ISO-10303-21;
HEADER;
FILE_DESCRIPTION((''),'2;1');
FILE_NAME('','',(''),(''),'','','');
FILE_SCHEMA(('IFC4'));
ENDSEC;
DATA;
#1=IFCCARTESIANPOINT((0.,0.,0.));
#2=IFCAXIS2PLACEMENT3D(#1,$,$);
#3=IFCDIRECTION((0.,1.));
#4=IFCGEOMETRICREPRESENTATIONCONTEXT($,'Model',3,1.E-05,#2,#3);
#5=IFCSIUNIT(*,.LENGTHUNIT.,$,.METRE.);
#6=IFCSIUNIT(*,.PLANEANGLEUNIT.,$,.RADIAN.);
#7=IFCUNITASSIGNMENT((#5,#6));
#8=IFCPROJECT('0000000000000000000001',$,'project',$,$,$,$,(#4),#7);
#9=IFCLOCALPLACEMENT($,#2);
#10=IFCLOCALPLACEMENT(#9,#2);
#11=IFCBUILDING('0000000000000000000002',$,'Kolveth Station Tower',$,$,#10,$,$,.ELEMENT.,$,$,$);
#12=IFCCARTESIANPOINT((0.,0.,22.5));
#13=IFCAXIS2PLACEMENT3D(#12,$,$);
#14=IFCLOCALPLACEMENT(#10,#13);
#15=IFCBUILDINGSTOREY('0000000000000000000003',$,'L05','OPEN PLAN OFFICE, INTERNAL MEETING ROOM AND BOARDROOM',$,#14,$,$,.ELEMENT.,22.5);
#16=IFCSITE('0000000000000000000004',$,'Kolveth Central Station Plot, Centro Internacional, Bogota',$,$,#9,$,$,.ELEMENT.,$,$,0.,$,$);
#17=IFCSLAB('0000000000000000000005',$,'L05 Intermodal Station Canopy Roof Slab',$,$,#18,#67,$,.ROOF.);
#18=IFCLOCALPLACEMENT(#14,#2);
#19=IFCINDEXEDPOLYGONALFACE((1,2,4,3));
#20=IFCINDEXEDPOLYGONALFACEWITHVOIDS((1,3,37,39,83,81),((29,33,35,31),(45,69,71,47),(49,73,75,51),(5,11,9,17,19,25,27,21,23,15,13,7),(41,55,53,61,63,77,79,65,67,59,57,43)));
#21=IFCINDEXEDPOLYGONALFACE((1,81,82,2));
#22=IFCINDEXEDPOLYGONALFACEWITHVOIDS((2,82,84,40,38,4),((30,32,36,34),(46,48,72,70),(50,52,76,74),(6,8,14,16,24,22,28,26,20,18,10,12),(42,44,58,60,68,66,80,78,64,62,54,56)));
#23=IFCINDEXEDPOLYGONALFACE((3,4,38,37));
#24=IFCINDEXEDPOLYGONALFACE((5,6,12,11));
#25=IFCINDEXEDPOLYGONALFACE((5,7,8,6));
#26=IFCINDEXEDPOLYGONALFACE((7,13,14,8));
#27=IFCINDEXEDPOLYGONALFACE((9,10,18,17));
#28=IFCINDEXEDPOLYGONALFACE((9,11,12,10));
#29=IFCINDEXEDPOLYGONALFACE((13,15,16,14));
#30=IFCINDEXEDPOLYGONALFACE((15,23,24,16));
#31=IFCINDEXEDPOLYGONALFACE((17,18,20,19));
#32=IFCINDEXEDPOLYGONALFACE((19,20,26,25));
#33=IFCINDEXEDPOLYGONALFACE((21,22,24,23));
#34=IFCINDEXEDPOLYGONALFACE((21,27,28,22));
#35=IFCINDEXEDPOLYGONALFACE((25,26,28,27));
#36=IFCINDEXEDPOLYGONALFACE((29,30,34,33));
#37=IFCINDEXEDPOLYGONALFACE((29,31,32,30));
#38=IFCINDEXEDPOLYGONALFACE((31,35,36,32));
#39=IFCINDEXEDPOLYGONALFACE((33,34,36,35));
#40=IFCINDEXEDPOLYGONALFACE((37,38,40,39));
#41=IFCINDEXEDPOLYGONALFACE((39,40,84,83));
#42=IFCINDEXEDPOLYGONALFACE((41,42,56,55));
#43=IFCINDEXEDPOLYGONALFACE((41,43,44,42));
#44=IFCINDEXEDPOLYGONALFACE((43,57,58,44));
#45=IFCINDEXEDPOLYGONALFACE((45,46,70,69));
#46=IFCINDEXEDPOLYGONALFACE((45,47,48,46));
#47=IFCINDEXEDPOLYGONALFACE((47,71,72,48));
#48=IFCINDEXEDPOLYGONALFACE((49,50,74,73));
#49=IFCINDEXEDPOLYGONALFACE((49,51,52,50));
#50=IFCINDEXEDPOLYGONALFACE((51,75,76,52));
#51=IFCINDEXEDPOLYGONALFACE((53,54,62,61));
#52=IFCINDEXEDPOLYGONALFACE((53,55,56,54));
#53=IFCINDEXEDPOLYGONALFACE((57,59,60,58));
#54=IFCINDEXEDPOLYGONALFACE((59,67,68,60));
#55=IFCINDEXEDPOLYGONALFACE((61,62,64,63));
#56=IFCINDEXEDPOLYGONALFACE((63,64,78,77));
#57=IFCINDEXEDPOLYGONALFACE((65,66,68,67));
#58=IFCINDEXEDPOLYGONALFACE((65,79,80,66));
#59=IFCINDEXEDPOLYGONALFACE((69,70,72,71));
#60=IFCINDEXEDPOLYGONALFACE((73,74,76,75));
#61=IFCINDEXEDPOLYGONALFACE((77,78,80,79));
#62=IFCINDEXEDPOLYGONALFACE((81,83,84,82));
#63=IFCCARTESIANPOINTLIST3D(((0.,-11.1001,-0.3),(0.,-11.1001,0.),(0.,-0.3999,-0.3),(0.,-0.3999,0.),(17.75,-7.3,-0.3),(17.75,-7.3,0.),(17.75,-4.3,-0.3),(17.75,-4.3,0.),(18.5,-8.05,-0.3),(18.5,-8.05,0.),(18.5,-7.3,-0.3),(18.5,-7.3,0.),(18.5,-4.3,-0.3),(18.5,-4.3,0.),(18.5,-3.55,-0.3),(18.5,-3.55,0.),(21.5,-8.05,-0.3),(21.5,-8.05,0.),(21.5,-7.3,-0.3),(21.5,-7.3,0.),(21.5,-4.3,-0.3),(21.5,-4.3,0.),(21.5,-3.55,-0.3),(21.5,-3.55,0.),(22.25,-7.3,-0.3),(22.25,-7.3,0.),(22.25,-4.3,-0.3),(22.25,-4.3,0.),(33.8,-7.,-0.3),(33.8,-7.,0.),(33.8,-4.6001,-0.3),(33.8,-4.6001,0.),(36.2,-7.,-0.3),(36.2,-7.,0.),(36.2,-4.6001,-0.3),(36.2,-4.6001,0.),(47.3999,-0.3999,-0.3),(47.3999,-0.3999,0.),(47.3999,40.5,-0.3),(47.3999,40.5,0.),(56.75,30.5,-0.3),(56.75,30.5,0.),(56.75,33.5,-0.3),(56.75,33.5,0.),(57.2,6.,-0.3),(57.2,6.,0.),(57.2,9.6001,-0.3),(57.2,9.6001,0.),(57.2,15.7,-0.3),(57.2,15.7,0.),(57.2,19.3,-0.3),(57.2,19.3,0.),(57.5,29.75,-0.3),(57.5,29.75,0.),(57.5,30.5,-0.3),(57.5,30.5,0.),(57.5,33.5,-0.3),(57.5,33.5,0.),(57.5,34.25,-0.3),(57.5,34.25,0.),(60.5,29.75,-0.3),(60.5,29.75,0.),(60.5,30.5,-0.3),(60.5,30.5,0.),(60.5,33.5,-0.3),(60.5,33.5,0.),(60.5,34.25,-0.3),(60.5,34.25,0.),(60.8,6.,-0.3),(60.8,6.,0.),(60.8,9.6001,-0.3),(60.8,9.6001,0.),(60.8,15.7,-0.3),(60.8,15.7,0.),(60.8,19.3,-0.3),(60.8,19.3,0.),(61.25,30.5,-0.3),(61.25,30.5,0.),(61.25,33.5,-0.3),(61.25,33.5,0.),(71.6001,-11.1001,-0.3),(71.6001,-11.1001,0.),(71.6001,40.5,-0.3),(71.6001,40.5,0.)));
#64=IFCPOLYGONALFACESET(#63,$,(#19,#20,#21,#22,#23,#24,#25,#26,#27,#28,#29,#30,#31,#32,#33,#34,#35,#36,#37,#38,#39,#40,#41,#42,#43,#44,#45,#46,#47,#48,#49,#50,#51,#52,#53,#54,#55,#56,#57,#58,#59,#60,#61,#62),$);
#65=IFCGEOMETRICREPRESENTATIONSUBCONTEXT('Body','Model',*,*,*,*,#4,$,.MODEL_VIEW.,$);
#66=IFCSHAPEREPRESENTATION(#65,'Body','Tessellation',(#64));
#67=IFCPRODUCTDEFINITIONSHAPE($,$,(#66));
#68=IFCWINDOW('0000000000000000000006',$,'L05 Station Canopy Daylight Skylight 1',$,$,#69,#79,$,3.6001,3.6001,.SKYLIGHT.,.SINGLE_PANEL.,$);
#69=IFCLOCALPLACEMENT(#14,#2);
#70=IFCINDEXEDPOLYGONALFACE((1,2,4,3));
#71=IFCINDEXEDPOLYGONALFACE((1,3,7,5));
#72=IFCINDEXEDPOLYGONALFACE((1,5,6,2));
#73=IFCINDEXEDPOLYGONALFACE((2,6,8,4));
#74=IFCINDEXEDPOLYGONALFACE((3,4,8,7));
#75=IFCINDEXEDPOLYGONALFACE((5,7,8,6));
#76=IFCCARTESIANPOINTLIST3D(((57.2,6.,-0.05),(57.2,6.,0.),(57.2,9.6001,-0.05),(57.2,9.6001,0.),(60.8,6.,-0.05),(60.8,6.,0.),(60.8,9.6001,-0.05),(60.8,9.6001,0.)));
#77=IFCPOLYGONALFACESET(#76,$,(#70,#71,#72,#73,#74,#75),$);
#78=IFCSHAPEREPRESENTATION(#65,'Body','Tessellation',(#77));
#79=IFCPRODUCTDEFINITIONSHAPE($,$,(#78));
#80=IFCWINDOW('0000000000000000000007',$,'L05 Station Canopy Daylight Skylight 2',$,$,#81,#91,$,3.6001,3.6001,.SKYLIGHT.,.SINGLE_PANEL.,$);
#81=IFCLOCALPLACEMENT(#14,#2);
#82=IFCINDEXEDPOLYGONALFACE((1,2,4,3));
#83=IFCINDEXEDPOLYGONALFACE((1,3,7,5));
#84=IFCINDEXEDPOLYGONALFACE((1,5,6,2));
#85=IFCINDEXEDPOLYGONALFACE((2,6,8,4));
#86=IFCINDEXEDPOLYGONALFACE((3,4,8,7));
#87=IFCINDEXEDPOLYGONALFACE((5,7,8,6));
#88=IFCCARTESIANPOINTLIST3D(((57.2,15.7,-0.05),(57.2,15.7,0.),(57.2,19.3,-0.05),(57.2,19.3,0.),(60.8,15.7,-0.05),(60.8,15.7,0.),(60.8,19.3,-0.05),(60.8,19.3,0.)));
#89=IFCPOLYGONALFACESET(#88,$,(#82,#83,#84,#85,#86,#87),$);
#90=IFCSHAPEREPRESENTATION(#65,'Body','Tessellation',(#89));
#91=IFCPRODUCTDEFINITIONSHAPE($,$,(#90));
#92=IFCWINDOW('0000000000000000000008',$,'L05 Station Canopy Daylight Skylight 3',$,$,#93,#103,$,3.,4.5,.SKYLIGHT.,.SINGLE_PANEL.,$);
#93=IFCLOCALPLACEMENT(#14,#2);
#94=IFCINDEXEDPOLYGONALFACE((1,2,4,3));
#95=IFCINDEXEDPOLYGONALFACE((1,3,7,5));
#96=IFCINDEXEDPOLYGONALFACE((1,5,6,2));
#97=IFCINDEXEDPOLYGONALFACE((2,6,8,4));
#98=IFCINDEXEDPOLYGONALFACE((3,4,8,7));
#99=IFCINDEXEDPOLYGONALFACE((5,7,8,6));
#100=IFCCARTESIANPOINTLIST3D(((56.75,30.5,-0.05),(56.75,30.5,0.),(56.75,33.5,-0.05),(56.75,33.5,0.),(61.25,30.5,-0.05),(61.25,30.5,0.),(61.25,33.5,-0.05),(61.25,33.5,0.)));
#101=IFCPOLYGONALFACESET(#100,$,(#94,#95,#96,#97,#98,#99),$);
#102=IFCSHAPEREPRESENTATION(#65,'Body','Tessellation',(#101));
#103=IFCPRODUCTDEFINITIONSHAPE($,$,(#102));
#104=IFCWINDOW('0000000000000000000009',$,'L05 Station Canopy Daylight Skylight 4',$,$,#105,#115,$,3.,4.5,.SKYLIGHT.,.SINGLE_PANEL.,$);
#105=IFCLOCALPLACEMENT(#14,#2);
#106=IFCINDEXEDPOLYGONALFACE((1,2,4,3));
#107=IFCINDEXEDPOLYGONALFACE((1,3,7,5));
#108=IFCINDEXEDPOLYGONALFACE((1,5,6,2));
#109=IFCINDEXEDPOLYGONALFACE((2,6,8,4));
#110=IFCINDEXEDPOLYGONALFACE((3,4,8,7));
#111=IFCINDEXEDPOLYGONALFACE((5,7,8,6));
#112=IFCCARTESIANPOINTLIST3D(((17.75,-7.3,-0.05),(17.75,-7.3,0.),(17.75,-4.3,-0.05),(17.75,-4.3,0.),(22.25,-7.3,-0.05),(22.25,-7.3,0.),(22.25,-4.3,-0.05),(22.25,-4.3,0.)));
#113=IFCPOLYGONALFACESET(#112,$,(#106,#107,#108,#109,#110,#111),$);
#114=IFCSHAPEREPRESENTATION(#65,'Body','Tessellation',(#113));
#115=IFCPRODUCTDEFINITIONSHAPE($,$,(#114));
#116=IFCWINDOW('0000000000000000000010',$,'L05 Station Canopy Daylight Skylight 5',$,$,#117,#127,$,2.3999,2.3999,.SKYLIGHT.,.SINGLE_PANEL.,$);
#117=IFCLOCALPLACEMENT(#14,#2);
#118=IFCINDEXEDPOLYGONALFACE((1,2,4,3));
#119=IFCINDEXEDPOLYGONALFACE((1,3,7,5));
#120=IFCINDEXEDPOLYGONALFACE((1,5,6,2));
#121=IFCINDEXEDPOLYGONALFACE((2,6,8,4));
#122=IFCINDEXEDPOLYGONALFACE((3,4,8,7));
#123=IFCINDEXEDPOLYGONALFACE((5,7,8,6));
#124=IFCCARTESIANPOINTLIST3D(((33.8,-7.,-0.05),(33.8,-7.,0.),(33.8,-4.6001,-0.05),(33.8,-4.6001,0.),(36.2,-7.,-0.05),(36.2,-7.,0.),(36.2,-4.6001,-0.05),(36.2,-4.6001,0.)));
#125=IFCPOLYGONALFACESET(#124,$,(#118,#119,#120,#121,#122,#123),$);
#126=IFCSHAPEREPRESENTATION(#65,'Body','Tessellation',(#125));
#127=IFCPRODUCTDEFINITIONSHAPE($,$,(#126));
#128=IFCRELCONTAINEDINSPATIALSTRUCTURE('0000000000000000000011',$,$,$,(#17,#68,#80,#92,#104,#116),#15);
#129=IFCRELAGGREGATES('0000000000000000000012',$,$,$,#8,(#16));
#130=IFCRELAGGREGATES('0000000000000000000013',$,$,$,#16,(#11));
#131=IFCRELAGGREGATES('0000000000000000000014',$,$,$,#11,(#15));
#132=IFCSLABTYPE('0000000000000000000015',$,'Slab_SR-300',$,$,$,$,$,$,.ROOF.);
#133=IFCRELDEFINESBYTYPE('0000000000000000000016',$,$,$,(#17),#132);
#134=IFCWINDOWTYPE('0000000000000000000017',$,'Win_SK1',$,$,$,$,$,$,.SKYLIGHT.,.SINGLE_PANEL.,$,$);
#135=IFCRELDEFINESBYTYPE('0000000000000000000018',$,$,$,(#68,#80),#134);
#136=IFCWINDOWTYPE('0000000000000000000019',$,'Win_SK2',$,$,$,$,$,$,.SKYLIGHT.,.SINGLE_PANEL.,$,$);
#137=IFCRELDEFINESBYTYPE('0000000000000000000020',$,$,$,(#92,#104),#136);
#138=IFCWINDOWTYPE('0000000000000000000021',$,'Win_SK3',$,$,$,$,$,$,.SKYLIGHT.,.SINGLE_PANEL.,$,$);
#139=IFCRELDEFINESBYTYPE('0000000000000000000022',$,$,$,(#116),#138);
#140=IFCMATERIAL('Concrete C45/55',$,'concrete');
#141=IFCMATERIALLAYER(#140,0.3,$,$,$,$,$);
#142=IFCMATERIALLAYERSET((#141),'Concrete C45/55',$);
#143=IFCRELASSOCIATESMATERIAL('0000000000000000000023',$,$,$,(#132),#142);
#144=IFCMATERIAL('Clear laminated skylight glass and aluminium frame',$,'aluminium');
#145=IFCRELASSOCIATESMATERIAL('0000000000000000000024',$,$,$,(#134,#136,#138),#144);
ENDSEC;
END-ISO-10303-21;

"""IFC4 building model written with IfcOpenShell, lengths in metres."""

from ifc_helpers import new_model, si_unit, direction, frame, origin, origin_2d, place, context, subcontext, project, spatial, polyline, rectangle, outline, extrude, material, layer, layer_set, type_object, element, fill, save


model = new_model("IFC4")

# Units and contexts
model_context = context("Model", 3, precision=1e-05, world=origin(), true_north=direction((0.0, 1.0)))
body_context = subcontext(model_context, "Body", "Model", "MODEL_VIEW")
ifc_project = project(units=[si_unit("LENGTHUNIT", "METRE"), si_unit("PLANEANGLEUNIT", "RADIAN")], contexts=[model_context])

# Site, building, storey
site_placement = place(None, origin())
site = spatial("IfcSite", under=ifc_project, at=site_placement, Name="Kolveth Central Station Plot, Centro Internacional, Bogota", CompositionType="ELEMENT", RefElevation=0.0)
building_placement = place(site_placement, origin())
building = spatial("IfcBuilding", under=site, at=building_placement, Name="Kolveth Station Tower", CompositionType="ELEMENT")
storey_placement = place(building_placement, frame((0.0, 0.0, 22.5)))
storey = spatial("IfcBuildingStorey", under=building, at=storey_placement, Name="L05", Description="OPEN PLAN OFFICE, INTERNAL MEETING ROOM AND BOARDROOM", CompositionType="ELEMENT", Elevation=22.5)

# Slab, openings, windows
ifc_material_1 = material(Name="Concrete C45/55", Category="concrete")
ifc_layer_1 = layer(ifc_material_1, 0.3)
ifc_layer_set_1 = layer_set([ifc_layer_1], Name="Concrete C45/55")
slab_type_1 = type_object("IfcSlabType", Name="Slab_SR-300", PredefinedType="ROOF", material=ifc_layer_set_1)
slab_1_placement = place(storey_placement, frame((0.0, 0.0, -0.3)))
slab_1 = element("IfcSlab", 1, at=slab_1_placement, inside=storey, type_object=slab_type_1, Name="L05 Intermodal Station Canopy Roof Slab", PredefinedType="ROOF", context=body_context, shape_type="SweptSolid", body=[
    extrude(outline(polyline([(0.0, -11.1001), (71.6001, -11.1001), (71.6001, 40.5), (47.3999, 40.5), (47.3999, -0.3999), (0.0, -0.3999), (0.0, -11.1001)]), holes=[polyline([(57.2, 6.0), (60.8, 6.0), (60.8, 9.6001), (57.2, 9.6001), (57.2, 6.0)]), polyline([(57.2, 15.7), (60.8, 15.7), (60.8, 19.3), (57.2, 19.3), (57.2, 15.7)]), polyline([(57.5, 29.75), (60.5, 29.75), (60.5, 34.25), (57.5, 34.25), (57.5, 29.75)]), polyline([(18.5, -8.05), (21.5, -8.05), (21.5, -3.55), (18.5, -3.55), (18.5, -8.05)]), polyline([(33.8, -7.0), (36.2, -7.0), (36.2, -4.6001), (33.8, -4.6001), (33.8, -7.0)])]), origin(), (0.0, 0.0, 1.0), 0.3),
])
opening_1_placement = place(slab_1_placement, frame((59.0, 7.8, -0.01)))
opening_1 = element("IfcOpeningElement", 2, at=opening_1_placement, cuts=slab_1, PredefinedType="OPENING", context=body_context, shape_type="SweptSolid", body=[
    extrude(rectangle(XDim=3.6001, YDim=3.6001, at=origin_2d()), origin(), (0.0, 0.0, 1.0), 0.3201),
])
opening_2_placement = place(slab_1_placement, frame((59.0, 17.5, -0.01)))
opening_2 = element("IfcOpeningElement", 3, at=opening_2_placement, cuts=slab_1, PredefinedType="OPENING", context=body_context, shape_type="SweptSolid", body=[
    extrude(rectangle(XDim=3.6001, YDim=3.6001, at=origin_2d()), origin(), (0.0, 0.0, 1.0), 0.3201),
])
opening_3_placement = place(slab_1_placement, frame((59.0, 32.0, -0.01)))
opening_3 = element("IfcOpeningElement", 4, at=opening_3_placement, cuts=slab_1, PredefinedType="OPENING", context=body_context, shape_type="SweptSolid", body=[
    extrude(rectangle(XDim=4.5, YDim=3.0, at=origin_2d()), origin(), (0.0, 0.0, 1.0), 0.3201),
])
opening_4_placement = place(slab_1_placement, frame((20.0, -5.8, -0.01)))
opening_4 = element("IfcOpeningElement", 5, at=opening_4_placement, cuts=slab_1, PredefinedType="OPENING", context=body_context, shape_type="SweptSolid", body=[
    extrude(rectangle(XDim=4.5, YDim=3.0, at=origin_2d()), origin(), (0.0, 0.0, 1.0), 0.3201),
])
opening_5_placement = place(slab_1_placement, frame((35.0, -5.8, -0.01)))
opening_5 = element("IfcOpeningElement", 6, at=opening_5_placement, cuts=slab_1, PredefinedType="OPENING", context=body_context, shape_type="SweptSolid", body=[
    extrude(rectangle(XDim=2.3999, YDim=2.3999, at=origin_2d()), origin(), (0.0, 0.0, 1.0), 0.3201),
])
ifc_material_2 = material(Name="Clear laminated skylight glass and aluminium frame", Category="aluminium")
window_type_1 = type_object("IfcWindowType", Name="Win_SK1", PartitioningType="SINGLE_PANEL", PredefinedType="SKYLIGHT", material=ifc_material_2)
window_1_placement = place(opening_1_placement, frame((0.0, 0.0, 0.26)))
window_1 = element("IfcWindow", 7, at=window_1_placement, inside=storey, type_object=window_type_1, Name="L05 Station Canopy Daylight Skylight 1", OverallHeight=3.6001, OverallWidth=3.6001, PartitioningType="SINGLE_PANEL", PredefinedType="SKYLIGHT", context=body_context, shape_type="SweptSolid", body=[
    extrude(rectangle(XDim=3.6001, YDim=3.6001, at=origin_2d()), origin(), (0.0, 0.0, 1.0), 0.05),
])
fill(opening_1, window_1)
window_2_placement = place(opening_2_placement, frame((0.0, 0.0, 0.26)))
window_2 = element("IfcWindow", 8, at=window_2_placement, inside=storey, type_object=window_type_1, Name="L05 Station Canopy Daylight Skylight 2", OverallHeight=3.6001, OverallWidth=3.6001, PartitioningType="SINGLE_PANEL", PredefinedType="SKYLIGHT", context=body_context, shape_type="SweptSolid", body=[
    extrude(rectangle(XDim=3.6001, YDim=3.6001, at=origin_2d()), origin(), (0.0, 0.0, 1.0), 0.05),
])
fill(opening_2, window_2)
window_type_2 = type_object("IfcWindowType", Name="Win_SK2", PartitioningType="SINGLE_PANEL", PredefinedType="SKYLIGHT", material=ifc_material_2)
window_3_placement = place(opening_3_placement, frame((0.0, 0.0, 0.26)))
window_3 = element("IfcWindow", 9, at=window_3_placement, inside=storey, type_object=window_type_2, Name="L05 Station Canopy Daylight Skylight 3", OverallHeight=3.0, OverallWidth=4.5, PartitioningType="SINGLE_PANEL", PredefinedType="SKYLIGHT", context=body_context, shape_type="SweptSolid", body=[
    extrude(rectangle(XDim=4.5, YDim=3.0, at=origin_2d()), origin(), (0.0, 0.0, 1.0), 0.05),
])
fill(opening_3, window_3)
window_4_placement = place(opening_4_placement, frame((0.0, 0.0, 0.26)))
window_4 = element("IfcWindow", 10, at=window_4_placement, inside=storey, type_object=window_type_2, Name="L05 Station Canopy Daylight Skylight 4", OverallHeight=3.0, OverallWidth=4.5, PartitioningType="SINGLE_PANEL", PredefinedType="SKYLIGHT", context=body_context, shape_type="SweptSolid", body=[
    extrude(rectangle(XDim=4.5, YDim=3.0, at=origin_2d()), origin(), (0.0, 0.0, 1.0), 0.05),
])
fill(opening_4, window_4)
window_type_3 = type_object("IfcWindowType", Name="Win_SK3", PartitioningType="SINGLE_PANEL", PredefinedType="SKYLIGHT", material=ifc_material_2)
window_5_placement = place(opening_5_placement, frame((0.0, 0.0, 0.26)))
window_5 = element("IfcWindow", 11, at=window_5_placement, inside=storey, type_object=window_type_3, Name="L05 Station Canopy Daylight Skylight 5", OverallHeight=2.3999, OverallWidth=2.3999, PartitioningType="SINGLE_PANEL", PredefinedType="SKYLIGHT", context=body_context, shape_type="SweptSolid", body=[
    extrude(rectangle(XDim=2.3999, YDim=2.3999, at=origin_2d()), origin(), (0.0, 0.0, 1.0), 0.05),
])
fill(opening_5, window_5)

save(model, "model.ifc")
